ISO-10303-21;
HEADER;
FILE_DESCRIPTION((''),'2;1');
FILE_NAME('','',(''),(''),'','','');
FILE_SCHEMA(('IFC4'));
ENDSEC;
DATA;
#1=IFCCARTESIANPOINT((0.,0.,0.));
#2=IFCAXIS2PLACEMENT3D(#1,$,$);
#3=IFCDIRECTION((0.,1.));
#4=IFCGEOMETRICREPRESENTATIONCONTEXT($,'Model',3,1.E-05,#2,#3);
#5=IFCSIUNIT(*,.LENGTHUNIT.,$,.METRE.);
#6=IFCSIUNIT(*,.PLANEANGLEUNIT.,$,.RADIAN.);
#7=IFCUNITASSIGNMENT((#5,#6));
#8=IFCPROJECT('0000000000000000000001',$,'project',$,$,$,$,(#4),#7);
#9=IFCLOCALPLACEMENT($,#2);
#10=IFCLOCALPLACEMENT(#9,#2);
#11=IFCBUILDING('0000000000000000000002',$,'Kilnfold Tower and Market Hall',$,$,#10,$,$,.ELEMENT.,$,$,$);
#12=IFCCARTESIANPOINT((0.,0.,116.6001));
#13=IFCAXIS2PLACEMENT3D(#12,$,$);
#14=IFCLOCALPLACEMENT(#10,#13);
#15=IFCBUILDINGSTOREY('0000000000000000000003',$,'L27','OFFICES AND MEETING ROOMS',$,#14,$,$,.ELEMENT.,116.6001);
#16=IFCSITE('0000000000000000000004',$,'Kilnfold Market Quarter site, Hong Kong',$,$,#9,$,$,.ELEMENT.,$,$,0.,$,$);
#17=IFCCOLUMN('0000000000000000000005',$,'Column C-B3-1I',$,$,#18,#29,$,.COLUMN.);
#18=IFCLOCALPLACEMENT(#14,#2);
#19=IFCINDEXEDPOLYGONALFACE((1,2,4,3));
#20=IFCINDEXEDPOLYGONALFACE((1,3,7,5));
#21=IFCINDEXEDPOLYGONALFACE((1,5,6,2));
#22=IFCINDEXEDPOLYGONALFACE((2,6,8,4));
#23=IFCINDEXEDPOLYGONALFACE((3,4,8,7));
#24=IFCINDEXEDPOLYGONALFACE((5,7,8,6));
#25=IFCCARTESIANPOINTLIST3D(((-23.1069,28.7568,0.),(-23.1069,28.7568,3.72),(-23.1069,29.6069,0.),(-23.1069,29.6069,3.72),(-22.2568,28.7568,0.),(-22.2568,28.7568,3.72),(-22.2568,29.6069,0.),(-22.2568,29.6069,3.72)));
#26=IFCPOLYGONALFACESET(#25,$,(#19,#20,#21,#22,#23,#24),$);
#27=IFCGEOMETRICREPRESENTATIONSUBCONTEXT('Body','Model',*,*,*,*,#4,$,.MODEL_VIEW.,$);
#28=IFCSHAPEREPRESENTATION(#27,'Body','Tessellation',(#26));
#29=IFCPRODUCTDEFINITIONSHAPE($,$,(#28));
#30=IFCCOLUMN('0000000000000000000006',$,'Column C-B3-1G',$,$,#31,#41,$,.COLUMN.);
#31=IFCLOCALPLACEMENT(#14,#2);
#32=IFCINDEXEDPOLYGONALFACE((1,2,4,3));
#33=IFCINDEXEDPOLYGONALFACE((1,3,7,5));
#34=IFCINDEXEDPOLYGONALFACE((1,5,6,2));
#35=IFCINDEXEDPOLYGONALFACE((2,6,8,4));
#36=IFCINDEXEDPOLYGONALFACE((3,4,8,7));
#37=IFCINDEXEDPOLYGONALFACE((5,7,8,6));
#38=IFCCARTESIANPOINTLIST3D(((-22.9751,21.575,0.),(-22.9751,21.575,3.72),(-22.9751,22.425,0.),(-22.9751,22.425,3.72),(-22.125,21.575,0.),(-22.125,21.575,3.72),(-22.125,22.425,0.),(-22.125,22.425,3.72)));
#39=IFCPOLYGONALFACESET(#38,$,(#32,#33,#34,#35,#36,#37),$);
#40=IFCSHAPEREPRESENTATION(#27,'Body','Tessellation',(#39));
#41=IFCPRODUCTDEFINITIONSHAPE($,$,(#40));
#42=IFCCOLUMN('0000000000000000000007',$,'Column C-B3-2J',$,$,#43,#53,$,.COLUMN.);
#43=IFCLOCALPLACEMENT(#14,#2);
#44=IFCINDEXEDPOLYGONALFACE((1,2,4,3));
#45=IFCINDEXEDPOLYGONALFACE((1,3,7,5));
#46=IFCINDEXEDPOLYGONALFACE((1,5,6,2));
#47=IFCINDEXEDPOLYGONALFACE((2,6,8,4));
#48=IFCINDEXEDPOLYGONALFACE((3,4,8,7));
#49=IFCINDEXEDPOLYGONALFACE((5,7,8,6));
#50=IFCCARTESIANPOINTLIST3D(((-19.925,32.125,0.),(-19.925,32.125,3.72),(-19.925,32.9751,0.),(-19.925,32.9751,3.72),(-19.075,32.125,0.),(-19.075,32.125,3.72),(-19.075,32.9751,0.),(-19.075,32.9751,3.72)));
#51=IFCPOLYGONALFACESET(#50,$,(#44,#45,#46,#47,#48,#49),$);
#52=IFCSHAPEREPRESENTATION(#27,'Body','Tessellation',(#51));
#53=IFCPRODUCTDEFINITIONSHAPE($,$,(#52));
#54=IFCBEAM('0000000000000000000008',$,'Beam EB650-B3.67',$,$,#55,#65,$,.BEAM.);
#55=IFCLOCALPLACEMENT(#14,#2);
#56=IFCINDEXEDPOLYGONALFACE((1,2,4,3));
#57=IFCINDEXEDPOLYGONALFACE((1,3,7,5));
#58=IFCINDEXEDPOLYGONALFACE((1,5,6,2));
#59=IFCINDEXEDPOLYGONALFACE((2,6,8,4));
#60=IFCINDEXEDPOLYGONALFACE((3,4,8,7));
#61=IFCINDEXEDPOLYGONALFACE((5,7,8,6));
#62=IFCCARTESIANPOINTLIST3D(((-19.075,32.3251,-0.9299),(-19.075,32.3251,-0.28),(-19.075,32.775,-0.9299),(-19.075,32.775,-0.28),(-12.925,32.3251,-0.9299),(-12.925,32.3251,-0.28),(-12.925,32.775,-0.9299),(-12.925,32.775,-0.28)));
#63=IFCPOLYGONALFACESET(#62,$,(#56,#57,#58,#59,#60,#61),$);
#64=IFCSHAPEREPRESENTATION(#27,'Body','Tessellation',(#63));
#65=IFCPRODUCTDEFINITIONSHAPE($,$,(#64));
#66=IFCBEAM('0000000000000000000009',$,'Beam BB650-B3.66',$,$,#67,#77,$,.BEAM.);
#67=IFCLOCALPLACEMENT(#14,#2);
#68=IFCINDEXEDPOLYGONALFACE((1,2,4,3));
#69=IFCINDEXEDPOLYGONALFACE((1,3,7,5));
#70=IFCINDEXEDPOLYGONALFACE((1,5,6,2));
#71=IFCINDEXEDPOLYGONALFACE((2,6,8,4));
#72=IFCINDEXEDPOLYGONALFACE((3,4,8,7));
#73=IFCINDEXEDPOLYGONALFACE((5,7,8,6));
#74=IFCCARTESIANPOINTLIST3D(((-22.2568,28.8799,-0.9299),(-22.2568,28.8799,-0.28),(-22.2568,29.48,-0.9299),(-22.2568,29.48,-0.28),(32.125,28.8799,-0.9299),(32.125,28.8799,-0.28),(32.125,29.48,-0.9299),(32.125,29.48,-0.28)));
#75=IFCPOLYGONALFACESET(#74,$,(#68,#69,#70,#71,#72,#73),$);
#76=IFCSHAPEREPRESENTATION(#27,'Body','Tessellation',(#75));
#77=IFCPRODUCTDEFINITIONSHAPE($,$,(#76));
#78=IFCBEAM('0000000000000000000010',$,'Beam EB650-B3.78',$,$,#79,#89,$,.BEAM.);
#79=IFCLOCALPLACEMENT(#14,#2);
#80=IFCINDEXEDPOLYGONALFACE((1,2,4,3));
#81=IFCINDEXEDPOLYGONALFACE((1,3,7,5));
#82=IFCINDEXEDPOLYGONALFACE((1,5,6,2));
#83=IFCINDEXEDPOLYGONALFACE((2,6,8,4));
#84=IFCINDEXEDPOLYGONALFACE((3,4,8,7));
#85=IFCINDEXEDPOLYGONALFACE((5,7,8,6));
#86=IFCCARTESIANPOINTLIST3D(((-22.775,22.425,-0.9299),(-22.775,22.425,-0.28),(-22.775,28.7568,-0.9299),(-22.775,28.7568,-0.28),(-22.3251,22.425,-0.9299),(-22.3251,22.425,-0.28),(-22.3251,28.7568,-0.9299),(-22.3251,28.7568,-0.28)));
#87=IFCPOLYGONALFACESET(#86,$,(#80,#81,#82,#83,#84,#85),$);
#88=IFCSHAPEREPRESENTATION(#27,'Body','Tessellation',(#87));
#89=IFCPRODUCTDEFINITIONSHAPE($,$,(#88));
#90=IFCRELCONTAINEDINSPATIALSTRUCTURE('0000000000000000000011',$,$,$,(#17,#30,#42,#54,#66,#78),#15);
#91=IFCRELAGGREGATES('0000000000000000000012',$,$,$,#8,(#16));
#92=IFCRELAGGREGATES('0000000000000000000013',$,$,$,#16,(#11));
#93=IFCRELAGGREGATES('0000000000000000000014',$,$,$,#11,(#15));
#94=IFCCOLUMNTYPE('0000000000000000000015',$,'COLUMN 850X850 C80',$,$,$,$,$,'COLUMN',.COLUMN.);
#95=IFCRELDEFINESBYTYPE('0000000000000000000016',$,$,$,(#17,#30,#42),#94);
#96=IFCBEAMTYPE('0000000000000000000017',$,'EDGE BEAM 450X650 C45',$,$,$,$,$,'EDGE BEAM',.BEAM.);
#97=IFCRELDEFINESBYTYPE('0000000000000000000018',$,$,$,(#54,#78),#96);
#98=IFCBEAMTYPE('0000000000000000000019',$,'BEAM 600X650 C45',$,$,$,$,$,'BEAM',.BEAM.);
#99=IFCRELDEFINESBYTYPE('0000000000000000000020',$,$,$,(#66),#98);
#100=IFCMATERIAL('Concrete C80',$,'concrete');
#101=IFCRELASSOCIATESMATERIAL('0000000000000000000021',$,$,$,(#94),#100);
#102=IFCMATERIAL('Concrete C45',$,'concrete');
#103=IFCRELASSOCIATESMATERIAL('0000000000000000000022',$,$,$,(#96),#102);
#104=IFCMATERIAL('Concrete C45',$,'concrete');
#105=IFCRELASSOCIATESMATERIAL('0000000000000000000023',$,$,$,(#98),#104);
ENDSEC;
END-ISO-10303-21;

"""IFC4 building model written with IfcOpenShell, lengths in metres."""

from ifc_helpers import new_model, si_unit, direction, frame, origin, origin_2d, place, context, subcontext, project, spatial, rectangle, extrude, source, transform, mapped, material, material_profile, profile_set, type_object, element, save


model = new_model("IFC4")

# Units and contexts
model_context = context("Model", 3, precision=1e-05, world=origin(), true_north=direction((0.0, 1.0)))
body_context = subcontext(model_context, "Body", "Model", "MODEL_VIEW")
ifc_project = project(units=[si_unit("LENGTHUNIT", "METRE"), si_unit("PLANEANGLEUNIT", "RADIAN")], contexts=[model_context])

# Site, building, storey
site_placement = place(None, origin())
site = spatial("IfcSite", under=ifc_project, at=site_placement, Name="Kilnfold Market Quarter site, Hong Kong", CompositionType="ELEMENT", RefElevation=0.0)
building_placement = place(site_placement, origin())
building = spatial("IfcBuilding", under=site, at=building_placement, Name="Kilnfold Tower and Market Hall", CompositionType="ELEMENT")
storey_placement = place(building_placement, frame((0.0, 0.0, 116.6001)))
storey = spatial("IfcBuildingStorey", under=building, at=storey_placement, Name="L27", Description="OFFICES AND MEETING ROOMS", CompositionType="ELEMENT", Elevation=116.6001)

# Columns
ifc_material_1 = material(Name="Concrete C80", Category="concrete")
ifc_material_profile_1 = material_profile(ifc_material_1, rectangle(XDim=0.8501, YDim=0.8501, at=origin_2d()), Name="RC 850x850")
ifc_profile_set_1 = profile_set([ifc_material_profile_1], Name="Concrete C80")
column_type = type_object("IfcColumnType", Name="COLUMN 850X850 C80", ElementType="COLUMN", PredefinedType="COLUMN", material=ifc_profile_set_1)
shared_shape_1 = source(origin(), body_context, "Body", "SweptSolid", [
    extrude(rectangle(XDim=0.8501, YDim=0.8501, at=origin_2d()), origin(), (0.0, 0.0, 1.0), 3.72),
])
for number, where, z_axis, x_axis, name in (
    (1, (-22.6819, 29.1819, 0.0), (0.0, 0.0, 1.0), (1.0, 0.0, 0.0), "Column C-B3-1I"),
    (2, (-22.55, 22.0, 0.0), (0.0, 0.0, 1.0), (1.0, 0.0, 0.0), "Column C-B3-1G"),
    (3, (-19.5, 32.55, 0.0), (0.0, 0.0, 1.0), (1.0, 0.0, 0.0), "Column C-B3-2J"),
):
    element("IfcColumn", number, at=place(storey_placement, frame(where, z_axis=z_axis, x_axis=x_axis)), inside=storey, type_object=column_type, Name=name, PredefinedType="COLUMN", context=body_context, shape_type="MappedRepresentation", body=[
        mapped(shared_shape_1, transform((0.0, 0.0, 0.0))),
    ])

# Beams
ifc_material_2 = material(Name="Concrete C45", Category="concrete")
ifc_material_profile_2 = material_profile(ifc_material_2, rectangle(XDim=0.45, YDim=0.6499, at=origin_2d()), Name="RC 450x650")
ifc_profile_set_2 = profile_set([ifc_material_profile_2], Name="Concrete C45")
beam_type_1 = type_object("IfcBeamType", Name="EDGE BEAM 450X650 C45", ElementType="EDGE BEAM", PredefinedType="BEAM", material=ifc_profile_set_2)
shared_shape_2 = source(origin(), body_context, "Body", "SweptSolid", [
    extrude(rectangle(XDim=0.45, YDim=0.6499, at=origin_2d()), origin(), (0.0, 0.0, 1.0), 6.1499),
])
beam_1_placement = place(storey_placement, frame((-19.075, 32.55, -0.605), z_axis=(1.0, 0.0, 0.0), x_axis=(0.0, 1.0, 0.0)))
element("IfcBeam", 4, at=beam_1_placement, inside=storey, type_object=beam_type_1, Name="Beam EB650-B3.67", PredefinedType="BEAM", context=body_context, shape_type="MappedRepresentation", body=[
    mapped(shared_shape_2, transform((0.0, 0.0, 0.0))),
])
ifc_material_3 = material(Name="Concrete C45", Category="concrete")
ifc_material_profile_3 = material_profile(ifc_material_3, rectangle(XDim=0.6001, YDim=0.6499, at=origin_2d()), Name="RC 600x650")
ifc_profile_set_3 = profile_set([ifc_material_profile_3], Name="Concrete C45")
beam_type_2 = type_object("IfcBeamType", Name="BEAM 600X650 C45", ElementType="BEAM", PredefinedType="BEAM", material=ifc_profile_set_3)
shared_shape_3 = source(origin(), body_context, "Body", "SweptSolid", [
    extrude(rectangle(XDim=0.6001, YDim=0.6499, at=origin_2d()), origin(), (0.0, 0.0, 1.0), 54.3818),
])
beam_2_placement = place(storey_placement, frame((-22.2568, 29.1799, -0.605), z_axis=(1.0, 0.0, 0.0), x_axis=(0.0, 1.0, 0.0)))
element("IfcBeam", 5, at=beam_2_placement, inside=storey, type_object=beam_type_2, Name="Beam BB650-B3.66", PredefinedType="BEAM", context=body_context, shape_type="MappedRepresentation", body=[
    mapped(shared_shape_3, transform((0.0, 0.0, 0.0))),
])
shared_shape_4 = source(origin(), body_context, "Body", "SweptSolid", [
    extrude(rectangle(XDim=0.45, YDim=0.6499, at=origin_2d()), origin(), (0.0, 0.0, 1.0), 6.3318),
])
beam_3_placement = place(storey_placement, frame((-22.55, 22.425, -0.605), z_axis=(0.0, 1.0, 0.0), x_axis=(-1.0, 0.0, 0.0)))
element("IfcBeam", 6, at=beam_3_placement, inside=storey, type_object=beam_type_1, Name="Beam EB650-B3.78", PredefinedType="BEAM", context=body_context, shape_type="MappedRepresentation", body=[
    mapped(shared_shape_4, transform((0.0, 0.0, 0.0))),
])

save(model, "model.ifc")
